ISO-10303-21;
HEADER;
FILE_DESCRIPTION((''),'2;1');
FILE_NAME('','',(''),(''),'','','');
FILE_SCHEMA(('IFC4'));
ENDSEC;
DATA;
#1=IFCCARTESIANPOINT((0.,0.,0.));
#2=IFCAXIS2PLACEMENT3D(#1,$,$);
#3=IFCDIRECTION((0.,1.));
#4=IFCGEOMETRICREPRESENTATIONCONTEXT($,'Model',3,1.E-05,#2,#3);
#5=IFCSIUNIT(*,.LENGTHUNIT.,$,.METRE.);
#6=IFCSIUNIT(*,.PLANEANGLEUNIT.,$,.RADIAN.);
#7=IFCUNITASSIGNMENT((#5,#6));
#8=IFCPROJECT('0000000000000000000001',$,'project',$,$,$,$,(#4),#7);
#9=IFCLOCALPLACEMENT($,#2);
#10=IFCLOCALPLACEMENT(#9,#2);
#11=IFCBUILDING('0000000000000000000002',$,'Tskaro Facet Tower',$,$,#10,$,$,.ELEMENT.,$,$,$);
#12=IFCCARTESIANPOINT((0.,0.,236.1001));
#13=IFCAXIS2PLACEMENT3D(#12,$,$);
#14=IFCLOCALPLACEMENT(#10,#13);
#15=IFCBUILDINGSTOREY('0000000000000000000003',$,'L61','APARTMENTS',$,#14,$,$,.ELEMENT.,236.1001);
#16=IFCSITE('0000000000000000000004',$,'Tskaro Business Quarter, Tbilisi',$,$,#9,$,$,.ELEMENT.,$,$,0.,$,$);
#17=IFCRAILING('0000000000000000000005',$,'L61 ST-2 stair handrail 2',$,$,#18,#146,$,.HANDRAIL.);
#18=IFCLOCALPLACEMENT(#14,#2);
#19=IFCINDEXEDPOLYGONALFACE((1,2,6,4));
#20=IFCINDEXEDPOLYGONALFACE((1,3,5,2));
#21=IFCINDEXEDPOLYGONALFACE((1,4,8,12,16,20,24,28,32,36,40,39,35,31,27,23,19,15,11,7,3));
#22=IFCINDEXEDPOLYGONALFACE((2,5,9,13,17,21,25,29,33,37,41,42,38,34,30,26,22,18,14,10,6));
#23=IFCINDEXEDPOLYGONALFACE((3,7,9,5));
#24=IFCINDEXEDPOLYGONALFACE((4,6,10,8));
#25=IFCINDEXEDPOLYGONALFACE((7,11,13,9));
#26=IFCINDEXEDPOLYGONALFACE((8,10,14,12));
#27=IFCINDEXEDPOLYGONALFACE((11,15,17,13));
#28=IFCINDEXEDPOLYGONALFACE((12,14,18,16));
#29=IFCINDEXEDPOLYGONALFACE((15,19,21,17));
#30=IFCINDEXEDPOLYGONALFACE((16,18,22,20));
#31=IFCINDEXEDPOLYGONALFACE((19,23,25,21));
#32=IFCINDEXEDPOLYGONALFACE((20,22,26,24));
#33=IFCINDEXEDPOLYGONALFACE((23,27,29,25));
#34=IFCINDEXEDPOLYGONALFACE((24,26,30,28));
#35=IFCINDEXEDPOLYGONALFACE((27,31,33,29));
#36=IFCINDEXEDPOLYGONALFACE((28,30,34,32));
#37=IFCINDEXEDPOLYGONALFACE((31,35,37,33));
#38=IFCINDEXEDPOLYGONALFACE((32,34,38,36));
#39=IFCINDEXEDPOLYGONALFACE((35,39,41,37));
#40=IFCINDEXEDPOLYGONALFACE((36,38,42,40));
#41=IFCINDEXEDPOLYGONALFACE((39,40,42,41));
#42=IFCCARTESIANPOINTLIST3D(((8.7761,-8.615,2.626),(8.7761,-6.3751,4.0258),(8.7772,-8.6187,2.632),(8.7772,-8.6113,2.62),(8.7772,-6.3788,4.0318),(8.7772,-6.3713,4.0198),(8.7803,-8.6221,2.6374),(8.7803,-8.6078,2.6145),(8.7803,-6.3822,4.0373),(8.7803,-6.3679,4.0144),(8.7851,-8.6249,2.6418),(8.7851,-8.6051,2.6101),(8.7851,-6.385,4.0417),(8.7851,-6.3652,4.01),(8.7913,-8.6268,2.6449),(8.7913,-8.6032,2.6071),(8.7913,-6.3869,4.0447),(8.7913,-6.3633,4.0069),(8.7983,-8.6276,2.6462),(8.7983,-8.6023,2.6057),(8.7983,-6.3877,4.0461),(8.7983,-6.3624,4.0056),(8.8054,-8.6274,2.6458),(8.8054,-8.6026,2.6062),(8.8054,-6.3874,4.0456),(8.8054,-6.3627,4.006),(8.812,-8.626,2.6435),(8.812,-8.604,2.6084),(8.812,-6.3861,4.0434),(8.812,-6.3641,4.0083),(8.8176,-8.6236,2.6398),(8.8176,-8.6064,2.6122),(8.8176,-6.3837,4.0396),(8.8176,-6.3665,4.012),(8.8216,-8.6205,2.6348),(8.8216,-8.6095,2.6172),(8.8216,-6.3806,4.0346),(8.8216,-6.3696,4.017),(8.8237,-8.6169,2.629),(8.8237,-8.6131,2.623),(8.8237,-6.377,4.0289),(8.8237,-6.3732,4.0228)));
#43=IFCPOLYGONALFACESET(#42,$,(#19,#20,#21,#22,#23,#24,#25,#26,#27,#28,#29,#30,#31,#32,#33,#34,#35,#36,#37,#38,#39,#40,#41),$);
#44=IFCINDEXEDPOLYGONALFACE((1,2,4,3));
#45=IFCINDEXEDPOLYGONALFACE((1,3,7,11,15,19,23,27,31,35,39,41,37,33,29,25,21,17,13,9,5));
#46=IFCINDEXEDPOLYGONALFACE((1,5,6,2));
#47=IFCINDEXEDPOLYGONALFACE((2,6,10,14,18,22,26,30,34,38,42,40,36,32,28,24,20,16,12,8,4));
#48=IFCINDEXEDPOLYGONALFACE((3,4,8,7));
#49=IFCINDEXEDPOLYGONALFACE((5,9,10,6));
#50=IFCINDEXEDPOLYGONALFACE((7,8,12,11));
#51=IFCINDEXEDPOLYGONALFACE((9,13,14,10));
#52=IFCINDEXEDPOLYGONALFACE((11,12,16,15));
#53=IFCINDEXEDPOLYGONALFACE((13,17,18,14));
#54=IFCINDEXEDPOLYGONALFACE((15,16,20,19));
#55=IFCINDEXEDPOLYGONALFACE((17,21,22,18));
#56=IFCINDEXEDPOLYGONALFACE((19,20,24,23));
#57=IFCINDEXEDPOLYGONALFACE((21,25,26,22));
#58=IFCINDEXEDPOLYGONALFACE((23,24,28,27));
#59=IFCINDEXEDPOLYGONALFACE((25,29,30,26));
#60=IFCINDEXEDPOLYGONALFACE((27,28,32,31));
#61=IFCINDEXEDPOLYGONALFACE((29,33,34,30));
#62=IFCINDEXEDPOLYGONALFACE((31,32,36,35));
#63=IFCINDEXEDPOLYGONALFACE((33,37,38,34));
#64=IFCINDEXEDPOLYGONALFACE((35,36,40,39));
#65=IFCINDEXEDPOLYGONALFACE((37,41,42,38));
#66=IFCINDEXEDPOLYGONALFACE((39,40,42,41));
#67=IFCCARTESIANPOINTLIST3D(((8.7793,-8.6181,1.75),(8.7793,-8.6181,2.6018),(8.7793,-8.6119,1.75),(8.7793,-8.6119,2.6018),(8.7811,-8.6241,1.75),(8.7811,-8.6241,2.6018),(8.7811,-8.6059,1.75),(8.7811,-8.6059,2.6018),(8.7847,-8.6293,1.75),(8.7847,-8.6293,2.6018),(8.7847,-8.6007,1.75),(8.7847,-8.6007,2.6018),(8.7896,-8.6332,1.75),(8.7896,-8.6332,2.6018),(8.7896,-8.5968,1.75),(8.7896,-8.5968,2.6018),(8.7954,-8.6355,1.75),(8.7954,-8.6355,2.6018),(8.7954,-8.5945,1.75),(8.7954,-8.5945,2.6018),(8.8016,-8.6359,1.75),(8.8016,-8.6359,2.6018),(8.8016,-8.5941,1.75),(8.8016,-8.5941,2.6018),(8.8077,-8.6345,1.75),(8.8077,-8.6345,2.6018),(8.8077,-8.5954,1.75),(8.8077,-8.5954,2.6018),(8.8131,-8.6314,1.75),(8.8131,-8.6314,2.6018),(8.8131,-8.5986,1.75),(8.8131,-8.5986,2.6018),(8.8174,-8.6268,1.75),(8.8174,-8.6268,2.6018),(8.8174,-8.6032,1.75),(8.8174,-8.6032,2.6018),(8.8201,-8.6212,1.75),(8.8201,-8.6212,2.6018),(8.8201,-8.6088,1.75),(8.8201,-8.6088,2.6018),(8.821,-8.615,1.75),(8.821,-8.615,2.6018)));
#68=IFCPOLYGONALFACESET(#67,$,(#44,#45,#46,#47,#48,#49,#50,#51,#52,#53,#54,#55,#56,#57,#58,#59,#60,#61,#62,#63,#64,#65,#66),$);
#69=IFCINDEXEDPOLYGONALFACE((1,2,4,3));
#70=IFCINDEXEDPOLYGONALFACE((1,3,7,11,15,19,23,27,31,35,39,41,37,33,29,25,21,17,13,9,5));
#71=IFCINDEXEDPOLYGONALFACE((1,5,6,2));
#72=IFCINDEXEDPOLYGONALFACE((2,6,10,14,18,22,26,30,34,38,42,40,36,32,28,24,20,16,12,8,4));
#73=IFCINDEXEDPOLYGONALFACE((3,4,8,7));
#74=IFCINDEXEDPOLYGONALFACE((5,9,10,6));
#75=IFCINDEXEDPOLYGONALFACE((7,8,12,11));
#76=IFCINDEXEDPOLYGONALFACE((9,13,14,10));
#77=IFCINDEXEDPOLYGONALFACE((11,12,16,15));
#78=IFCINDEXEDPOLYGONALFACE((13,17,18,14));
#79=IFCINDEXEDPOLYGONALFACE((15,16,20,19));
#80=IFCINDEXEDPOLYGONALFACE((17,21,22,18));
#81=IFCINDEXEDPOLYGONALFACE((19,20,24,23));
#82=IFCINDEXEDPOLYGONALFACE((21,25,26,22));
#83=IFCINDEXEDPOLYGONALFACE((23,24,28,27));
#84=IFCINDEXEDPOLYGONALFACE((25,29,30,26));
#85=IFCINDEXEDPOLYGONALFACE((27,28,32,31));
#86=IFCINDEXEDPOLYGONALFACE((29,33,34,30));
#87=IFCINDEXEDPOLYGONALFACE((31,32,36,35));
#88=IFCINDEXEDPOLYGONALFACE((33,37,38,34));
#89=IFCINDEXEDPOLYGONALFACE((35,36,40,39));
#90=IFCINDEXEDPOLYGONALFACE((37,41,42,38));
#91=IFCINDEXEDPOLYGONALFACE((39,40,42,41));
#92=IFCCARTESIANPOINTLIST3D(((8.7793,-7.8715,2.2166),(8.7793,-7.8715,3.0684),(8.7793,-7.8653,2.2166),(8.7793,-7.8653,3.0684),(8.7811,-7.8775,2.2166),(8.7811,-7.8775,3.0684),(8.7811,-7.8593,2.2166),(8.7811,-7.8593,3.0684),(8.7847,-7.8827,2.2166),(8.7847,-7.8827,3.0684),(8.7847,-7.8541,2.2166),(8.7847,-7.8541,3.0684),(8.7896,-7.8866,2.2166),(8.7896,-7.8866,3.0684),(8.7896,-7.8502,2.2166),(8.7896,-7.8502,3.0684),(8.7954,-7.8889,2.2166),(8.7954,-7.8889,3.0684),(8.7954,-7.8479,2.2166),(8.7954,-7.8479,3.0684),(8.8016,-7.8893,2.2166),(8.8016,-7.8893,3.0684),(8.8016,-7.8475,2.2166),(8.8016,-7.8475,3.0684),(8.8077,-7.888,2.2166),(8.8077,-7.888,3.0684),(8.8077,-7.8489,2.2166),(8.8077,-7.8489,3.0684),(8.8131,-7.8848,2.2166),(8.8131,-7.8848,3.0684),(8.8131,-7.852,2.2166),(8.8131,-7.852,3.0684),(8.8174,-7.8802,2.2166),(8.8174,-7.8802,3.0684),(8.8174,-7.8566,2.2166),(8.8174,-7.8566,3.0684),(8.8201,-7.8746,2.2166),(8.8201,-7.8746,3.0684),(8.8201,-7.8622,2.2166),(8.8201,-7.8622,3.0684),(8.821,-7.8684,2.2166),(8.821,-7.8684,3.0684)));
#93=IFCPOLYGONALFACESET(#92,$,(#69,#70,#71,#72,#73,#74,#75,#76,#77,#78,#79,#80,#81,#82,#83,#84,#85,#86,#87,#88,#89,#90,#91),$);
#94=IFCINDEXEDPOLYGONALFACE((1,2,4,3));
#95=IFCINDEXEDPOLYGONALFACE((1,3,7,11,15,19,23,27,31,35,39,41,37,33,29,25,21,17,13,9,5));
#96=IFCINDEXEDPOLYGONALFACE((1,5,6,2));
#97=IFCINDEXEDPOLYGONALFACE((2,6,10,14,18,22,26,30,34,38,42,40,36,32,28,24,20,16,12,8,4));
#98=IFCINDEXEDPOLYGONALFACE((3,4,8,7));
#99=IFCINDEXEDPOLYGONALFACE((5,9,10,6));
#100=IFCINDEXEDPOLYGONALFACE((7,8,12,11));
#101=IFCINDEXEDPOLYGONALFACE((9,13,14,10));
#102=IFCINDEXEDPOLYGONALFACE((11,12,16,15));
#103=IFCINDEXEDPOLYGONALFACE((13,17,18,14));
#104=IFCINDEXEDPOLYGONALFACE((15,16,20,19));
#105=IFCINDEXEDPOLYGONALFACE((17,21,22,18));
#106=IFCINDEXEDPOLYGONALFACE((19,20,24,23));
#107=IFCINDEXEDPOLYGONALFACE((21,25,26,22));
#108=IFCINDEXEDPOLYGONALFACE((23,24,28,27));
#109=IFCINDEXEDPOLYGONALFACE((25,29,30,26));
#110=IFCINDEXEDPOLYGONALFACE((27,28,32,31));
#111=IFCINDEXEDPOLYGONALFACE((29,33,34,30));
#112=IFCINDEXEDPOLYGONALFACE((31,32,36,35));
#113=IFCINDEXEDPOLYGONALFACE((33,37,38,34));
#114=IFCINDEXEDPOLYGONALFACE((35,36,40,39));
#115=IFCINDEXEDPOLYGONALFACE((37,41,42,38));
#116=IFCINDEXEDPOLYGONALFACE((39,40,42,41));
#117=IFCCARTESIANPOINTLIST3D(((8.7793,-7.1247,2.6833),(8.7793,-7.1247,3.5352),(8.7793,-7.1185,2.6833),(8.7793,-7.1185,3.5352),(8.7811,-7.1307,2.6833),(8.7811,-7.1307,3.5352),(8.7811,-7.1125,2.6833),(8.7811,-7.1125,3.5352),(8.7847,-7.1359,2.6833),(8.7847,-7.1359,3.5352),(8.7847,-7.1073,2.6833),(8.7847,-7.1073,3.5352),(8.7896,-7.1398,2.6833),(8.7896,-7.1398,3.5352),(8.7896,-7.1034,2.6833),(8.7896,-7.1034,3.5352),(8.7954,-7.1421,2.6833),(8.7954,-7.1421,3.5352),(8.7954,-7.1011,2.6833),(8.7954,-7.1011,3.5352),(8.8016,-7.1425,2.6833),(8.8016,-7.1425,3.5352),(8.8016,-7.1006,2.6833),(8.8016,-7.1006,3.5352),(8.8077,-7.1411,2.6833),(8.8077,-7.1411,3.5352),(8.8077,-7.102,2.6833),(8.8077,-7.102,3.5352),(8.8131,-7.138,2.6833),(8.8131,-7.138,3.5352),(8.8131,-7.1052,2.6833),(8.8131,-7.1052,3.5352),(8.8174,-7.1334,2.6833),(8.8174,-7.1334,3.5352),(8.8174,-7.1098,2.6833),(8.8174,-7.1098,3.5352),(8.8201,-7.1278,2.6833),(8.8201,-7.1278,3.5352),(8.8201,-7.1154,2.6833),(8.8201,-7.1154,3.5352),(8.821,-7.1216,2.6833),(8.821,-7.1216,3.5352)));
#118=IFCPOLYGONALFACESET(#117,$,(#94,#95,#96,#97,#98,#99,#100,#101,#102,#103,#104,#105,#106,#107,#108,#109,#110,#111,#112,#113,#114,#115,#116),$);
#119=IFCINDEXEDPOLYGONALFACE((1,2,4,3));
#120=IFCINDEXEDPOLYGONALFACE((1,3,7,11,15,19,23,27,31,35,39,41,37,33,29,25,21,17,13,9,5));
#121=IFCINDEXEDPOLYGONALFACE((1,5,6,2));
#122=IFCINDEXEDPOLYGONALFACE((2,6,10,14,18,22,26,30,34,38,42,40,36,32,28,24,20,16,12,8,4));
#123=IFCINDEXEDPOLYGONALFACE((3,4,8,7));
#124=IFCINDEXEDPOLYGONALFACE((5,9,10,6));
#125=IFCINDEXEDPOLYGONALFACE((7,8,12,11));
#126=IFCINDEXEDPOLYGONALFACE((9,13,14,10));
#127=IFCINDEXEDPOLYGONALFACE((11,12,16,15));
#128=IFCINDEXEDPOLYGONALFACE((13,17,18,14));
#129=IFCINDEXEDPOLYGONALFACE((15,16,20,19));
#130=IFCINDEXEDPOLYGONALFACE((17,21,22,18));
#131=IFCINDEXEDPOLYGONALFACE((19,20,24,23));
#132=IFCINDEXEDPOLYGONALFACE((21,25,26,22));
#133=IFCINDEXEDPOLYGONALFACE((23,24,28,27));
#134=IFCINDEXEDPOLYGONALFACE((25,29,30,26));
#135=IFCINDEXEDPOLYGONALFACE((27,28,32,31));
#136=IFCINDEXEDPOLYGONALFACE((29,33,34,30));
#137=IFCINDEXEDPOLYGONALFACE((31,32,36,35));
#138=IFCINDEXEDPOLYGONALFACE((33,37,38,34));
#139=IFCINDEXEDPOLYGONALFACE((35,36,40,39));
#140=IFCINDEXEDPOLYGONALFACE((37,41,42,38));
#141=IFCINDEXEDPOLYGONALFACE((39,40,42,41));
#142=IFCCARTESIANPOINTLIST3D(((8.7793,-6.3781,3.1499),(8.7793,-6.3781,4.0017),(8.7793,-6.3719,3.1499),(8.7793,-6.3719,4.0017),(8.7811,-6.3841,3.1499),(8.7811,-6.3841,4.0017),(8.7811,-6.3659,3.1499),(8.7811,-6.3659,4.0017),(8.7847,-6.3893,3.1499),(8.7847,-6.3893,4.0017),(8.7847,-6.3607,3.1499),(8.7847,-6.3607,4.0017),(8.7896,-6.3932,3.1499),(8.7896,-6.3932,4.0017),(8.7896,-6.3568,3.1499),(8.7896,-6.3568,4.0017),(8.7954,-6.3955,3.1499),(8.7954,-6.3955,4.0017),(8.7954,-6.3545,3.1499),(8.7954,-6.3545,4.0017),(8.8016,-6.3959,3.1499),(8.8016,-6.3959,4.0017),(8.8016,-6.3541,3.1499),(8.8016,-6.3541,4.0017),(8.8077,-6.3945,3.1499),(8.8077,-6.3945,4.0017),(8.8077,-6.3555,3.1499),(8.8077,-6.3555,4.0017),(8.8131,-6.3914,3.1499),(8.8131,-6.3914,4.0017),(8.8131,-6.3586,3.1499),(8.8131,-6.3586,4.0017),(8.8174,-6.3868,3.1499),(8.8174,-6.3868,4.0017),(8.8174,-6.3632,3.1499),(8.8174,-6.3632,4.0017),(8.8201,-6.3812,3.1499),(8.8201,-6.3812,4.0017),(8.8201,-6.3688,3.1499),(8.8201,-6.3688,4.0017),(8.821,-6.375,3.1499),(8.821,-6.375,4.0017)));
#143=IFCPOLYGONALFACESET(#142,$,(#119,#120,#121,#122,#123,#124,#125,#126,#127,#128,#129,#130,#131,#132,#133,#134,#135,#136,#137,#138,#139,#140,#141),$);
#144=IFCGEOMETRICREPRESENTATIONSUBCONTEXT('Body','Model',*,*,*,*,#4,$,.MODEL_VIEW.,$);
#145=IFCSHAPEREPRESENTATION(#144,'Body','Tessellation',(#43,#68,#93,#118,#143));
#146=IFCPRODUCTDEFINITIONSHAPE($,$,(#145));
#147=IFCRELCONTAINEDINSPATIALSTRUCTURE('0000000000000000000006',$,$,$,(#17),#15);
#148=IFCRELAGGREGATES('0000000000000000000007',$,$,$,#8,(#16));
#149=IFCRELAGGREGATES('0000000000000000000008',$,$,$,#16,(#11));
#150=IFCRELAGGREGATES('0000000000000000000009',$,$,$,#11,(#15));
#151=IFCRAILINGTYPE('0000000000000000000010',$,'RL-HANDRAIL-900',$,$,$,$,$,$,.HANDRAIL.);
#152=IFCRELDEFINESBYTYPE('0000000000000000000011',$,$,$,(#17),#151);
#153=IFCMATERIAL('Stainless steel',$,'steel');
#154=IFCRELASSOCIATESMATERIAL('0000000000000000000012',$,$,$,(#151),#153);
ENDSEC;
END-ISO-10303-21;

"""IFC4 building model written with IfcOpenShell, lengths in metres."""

from ifc_helpers import new_model, si_unit, direction, frame, origin, origin_2d, place, context, subcontext, project, spatial, circle, extrude, material, type_object, element, save


model = new_model("IFC4")

# Units and contexts
model_context = context("Model", 3, precision=1e-05, world=origin(), true_north=direction((0.0, 1.0)))
body_context = subcontext(model_context, "Body", "Model", "MODEL_VIEW")
ifc_project = project(units=[si_unit("LENGTHUNIT", "METRE"), si_unit("PLANEANGLEUNIT", "RADIAN")], contexts=[model_context])

# Site, building, storey
site_placement = place(None, origin())
site = spatial("IfcSite", under=ifc_project, at=site_placement, Name="Tskaro Business Quarter, Tbilisi", CompositionType="ELEMENT", RefElevation=0.0)
building_placement = place(site_placement, origin())
building = spatial("IfcBuilding", under=site, at=building_placement, Name="Tskaro Facet Tower", CompositionType="ELEMENT")
storey_placement = place(building_placement, frame((0.0, 0.0, 236.1001)))
storey = spatial("IfcBuildingStorey", under=building, at=storey_placement, Name="L61", Description="APARTMENTS", CompositionType="ELEMENT", Elevation=236.1001)

# Railing
ifc_material_1 = material(Name="Stainless steel", Category="steel")
railing_type_1 = type_object("IfcRailingType", Name="RL-HANDRAIL-900", PredefinedType="HANDRAIL", material=ifc_material_1)
railing_1_placement = place(storey_placement, frame((8.8, -8.615, 1.75)))
element("IfcRailing", 1, at=railing_1_placement, inside=storey, type_object=railing_type_1, Name="L61 ST-2 stair handrail 2", PredefinedType="HANDRAIL", context=body_context, shape_type="SweptSolid", body=[
    extrude(circle(Radius=0.0239, at=origin_2d()), frame((0.0, 0.0, 0.876), z_axis=(0.0, 0.848014, 0.529974), x_axis=(-1.0, 0.0, 0.0)), (0.0, 0.0, 1.0), 2.6414),
    extrude(circle(Radius=0.021, at=origin_2d()), origin(), (0.0, 0.0, 1.0), 0.8518),
    extrude(circle(Radius=0.021, at=origin_2d()), frame((0.0, 0.7466, 0.4666)), (0.0, 0.0, 1.0), 0.8518),
    extrude(circle(Radius=0.021, at=origin_2d()), frame((0.0, 1.4934, 0.9333)), (0.0, 0.0, 1.0), 0.8518),
    extrude(circle(Radius=0.021, at=origin_2d()), frame((0.0, 2.24, 1.3999)), (0.0, 0.0, 1.0), 0.8518),
])

save(model, "model.ifc")
